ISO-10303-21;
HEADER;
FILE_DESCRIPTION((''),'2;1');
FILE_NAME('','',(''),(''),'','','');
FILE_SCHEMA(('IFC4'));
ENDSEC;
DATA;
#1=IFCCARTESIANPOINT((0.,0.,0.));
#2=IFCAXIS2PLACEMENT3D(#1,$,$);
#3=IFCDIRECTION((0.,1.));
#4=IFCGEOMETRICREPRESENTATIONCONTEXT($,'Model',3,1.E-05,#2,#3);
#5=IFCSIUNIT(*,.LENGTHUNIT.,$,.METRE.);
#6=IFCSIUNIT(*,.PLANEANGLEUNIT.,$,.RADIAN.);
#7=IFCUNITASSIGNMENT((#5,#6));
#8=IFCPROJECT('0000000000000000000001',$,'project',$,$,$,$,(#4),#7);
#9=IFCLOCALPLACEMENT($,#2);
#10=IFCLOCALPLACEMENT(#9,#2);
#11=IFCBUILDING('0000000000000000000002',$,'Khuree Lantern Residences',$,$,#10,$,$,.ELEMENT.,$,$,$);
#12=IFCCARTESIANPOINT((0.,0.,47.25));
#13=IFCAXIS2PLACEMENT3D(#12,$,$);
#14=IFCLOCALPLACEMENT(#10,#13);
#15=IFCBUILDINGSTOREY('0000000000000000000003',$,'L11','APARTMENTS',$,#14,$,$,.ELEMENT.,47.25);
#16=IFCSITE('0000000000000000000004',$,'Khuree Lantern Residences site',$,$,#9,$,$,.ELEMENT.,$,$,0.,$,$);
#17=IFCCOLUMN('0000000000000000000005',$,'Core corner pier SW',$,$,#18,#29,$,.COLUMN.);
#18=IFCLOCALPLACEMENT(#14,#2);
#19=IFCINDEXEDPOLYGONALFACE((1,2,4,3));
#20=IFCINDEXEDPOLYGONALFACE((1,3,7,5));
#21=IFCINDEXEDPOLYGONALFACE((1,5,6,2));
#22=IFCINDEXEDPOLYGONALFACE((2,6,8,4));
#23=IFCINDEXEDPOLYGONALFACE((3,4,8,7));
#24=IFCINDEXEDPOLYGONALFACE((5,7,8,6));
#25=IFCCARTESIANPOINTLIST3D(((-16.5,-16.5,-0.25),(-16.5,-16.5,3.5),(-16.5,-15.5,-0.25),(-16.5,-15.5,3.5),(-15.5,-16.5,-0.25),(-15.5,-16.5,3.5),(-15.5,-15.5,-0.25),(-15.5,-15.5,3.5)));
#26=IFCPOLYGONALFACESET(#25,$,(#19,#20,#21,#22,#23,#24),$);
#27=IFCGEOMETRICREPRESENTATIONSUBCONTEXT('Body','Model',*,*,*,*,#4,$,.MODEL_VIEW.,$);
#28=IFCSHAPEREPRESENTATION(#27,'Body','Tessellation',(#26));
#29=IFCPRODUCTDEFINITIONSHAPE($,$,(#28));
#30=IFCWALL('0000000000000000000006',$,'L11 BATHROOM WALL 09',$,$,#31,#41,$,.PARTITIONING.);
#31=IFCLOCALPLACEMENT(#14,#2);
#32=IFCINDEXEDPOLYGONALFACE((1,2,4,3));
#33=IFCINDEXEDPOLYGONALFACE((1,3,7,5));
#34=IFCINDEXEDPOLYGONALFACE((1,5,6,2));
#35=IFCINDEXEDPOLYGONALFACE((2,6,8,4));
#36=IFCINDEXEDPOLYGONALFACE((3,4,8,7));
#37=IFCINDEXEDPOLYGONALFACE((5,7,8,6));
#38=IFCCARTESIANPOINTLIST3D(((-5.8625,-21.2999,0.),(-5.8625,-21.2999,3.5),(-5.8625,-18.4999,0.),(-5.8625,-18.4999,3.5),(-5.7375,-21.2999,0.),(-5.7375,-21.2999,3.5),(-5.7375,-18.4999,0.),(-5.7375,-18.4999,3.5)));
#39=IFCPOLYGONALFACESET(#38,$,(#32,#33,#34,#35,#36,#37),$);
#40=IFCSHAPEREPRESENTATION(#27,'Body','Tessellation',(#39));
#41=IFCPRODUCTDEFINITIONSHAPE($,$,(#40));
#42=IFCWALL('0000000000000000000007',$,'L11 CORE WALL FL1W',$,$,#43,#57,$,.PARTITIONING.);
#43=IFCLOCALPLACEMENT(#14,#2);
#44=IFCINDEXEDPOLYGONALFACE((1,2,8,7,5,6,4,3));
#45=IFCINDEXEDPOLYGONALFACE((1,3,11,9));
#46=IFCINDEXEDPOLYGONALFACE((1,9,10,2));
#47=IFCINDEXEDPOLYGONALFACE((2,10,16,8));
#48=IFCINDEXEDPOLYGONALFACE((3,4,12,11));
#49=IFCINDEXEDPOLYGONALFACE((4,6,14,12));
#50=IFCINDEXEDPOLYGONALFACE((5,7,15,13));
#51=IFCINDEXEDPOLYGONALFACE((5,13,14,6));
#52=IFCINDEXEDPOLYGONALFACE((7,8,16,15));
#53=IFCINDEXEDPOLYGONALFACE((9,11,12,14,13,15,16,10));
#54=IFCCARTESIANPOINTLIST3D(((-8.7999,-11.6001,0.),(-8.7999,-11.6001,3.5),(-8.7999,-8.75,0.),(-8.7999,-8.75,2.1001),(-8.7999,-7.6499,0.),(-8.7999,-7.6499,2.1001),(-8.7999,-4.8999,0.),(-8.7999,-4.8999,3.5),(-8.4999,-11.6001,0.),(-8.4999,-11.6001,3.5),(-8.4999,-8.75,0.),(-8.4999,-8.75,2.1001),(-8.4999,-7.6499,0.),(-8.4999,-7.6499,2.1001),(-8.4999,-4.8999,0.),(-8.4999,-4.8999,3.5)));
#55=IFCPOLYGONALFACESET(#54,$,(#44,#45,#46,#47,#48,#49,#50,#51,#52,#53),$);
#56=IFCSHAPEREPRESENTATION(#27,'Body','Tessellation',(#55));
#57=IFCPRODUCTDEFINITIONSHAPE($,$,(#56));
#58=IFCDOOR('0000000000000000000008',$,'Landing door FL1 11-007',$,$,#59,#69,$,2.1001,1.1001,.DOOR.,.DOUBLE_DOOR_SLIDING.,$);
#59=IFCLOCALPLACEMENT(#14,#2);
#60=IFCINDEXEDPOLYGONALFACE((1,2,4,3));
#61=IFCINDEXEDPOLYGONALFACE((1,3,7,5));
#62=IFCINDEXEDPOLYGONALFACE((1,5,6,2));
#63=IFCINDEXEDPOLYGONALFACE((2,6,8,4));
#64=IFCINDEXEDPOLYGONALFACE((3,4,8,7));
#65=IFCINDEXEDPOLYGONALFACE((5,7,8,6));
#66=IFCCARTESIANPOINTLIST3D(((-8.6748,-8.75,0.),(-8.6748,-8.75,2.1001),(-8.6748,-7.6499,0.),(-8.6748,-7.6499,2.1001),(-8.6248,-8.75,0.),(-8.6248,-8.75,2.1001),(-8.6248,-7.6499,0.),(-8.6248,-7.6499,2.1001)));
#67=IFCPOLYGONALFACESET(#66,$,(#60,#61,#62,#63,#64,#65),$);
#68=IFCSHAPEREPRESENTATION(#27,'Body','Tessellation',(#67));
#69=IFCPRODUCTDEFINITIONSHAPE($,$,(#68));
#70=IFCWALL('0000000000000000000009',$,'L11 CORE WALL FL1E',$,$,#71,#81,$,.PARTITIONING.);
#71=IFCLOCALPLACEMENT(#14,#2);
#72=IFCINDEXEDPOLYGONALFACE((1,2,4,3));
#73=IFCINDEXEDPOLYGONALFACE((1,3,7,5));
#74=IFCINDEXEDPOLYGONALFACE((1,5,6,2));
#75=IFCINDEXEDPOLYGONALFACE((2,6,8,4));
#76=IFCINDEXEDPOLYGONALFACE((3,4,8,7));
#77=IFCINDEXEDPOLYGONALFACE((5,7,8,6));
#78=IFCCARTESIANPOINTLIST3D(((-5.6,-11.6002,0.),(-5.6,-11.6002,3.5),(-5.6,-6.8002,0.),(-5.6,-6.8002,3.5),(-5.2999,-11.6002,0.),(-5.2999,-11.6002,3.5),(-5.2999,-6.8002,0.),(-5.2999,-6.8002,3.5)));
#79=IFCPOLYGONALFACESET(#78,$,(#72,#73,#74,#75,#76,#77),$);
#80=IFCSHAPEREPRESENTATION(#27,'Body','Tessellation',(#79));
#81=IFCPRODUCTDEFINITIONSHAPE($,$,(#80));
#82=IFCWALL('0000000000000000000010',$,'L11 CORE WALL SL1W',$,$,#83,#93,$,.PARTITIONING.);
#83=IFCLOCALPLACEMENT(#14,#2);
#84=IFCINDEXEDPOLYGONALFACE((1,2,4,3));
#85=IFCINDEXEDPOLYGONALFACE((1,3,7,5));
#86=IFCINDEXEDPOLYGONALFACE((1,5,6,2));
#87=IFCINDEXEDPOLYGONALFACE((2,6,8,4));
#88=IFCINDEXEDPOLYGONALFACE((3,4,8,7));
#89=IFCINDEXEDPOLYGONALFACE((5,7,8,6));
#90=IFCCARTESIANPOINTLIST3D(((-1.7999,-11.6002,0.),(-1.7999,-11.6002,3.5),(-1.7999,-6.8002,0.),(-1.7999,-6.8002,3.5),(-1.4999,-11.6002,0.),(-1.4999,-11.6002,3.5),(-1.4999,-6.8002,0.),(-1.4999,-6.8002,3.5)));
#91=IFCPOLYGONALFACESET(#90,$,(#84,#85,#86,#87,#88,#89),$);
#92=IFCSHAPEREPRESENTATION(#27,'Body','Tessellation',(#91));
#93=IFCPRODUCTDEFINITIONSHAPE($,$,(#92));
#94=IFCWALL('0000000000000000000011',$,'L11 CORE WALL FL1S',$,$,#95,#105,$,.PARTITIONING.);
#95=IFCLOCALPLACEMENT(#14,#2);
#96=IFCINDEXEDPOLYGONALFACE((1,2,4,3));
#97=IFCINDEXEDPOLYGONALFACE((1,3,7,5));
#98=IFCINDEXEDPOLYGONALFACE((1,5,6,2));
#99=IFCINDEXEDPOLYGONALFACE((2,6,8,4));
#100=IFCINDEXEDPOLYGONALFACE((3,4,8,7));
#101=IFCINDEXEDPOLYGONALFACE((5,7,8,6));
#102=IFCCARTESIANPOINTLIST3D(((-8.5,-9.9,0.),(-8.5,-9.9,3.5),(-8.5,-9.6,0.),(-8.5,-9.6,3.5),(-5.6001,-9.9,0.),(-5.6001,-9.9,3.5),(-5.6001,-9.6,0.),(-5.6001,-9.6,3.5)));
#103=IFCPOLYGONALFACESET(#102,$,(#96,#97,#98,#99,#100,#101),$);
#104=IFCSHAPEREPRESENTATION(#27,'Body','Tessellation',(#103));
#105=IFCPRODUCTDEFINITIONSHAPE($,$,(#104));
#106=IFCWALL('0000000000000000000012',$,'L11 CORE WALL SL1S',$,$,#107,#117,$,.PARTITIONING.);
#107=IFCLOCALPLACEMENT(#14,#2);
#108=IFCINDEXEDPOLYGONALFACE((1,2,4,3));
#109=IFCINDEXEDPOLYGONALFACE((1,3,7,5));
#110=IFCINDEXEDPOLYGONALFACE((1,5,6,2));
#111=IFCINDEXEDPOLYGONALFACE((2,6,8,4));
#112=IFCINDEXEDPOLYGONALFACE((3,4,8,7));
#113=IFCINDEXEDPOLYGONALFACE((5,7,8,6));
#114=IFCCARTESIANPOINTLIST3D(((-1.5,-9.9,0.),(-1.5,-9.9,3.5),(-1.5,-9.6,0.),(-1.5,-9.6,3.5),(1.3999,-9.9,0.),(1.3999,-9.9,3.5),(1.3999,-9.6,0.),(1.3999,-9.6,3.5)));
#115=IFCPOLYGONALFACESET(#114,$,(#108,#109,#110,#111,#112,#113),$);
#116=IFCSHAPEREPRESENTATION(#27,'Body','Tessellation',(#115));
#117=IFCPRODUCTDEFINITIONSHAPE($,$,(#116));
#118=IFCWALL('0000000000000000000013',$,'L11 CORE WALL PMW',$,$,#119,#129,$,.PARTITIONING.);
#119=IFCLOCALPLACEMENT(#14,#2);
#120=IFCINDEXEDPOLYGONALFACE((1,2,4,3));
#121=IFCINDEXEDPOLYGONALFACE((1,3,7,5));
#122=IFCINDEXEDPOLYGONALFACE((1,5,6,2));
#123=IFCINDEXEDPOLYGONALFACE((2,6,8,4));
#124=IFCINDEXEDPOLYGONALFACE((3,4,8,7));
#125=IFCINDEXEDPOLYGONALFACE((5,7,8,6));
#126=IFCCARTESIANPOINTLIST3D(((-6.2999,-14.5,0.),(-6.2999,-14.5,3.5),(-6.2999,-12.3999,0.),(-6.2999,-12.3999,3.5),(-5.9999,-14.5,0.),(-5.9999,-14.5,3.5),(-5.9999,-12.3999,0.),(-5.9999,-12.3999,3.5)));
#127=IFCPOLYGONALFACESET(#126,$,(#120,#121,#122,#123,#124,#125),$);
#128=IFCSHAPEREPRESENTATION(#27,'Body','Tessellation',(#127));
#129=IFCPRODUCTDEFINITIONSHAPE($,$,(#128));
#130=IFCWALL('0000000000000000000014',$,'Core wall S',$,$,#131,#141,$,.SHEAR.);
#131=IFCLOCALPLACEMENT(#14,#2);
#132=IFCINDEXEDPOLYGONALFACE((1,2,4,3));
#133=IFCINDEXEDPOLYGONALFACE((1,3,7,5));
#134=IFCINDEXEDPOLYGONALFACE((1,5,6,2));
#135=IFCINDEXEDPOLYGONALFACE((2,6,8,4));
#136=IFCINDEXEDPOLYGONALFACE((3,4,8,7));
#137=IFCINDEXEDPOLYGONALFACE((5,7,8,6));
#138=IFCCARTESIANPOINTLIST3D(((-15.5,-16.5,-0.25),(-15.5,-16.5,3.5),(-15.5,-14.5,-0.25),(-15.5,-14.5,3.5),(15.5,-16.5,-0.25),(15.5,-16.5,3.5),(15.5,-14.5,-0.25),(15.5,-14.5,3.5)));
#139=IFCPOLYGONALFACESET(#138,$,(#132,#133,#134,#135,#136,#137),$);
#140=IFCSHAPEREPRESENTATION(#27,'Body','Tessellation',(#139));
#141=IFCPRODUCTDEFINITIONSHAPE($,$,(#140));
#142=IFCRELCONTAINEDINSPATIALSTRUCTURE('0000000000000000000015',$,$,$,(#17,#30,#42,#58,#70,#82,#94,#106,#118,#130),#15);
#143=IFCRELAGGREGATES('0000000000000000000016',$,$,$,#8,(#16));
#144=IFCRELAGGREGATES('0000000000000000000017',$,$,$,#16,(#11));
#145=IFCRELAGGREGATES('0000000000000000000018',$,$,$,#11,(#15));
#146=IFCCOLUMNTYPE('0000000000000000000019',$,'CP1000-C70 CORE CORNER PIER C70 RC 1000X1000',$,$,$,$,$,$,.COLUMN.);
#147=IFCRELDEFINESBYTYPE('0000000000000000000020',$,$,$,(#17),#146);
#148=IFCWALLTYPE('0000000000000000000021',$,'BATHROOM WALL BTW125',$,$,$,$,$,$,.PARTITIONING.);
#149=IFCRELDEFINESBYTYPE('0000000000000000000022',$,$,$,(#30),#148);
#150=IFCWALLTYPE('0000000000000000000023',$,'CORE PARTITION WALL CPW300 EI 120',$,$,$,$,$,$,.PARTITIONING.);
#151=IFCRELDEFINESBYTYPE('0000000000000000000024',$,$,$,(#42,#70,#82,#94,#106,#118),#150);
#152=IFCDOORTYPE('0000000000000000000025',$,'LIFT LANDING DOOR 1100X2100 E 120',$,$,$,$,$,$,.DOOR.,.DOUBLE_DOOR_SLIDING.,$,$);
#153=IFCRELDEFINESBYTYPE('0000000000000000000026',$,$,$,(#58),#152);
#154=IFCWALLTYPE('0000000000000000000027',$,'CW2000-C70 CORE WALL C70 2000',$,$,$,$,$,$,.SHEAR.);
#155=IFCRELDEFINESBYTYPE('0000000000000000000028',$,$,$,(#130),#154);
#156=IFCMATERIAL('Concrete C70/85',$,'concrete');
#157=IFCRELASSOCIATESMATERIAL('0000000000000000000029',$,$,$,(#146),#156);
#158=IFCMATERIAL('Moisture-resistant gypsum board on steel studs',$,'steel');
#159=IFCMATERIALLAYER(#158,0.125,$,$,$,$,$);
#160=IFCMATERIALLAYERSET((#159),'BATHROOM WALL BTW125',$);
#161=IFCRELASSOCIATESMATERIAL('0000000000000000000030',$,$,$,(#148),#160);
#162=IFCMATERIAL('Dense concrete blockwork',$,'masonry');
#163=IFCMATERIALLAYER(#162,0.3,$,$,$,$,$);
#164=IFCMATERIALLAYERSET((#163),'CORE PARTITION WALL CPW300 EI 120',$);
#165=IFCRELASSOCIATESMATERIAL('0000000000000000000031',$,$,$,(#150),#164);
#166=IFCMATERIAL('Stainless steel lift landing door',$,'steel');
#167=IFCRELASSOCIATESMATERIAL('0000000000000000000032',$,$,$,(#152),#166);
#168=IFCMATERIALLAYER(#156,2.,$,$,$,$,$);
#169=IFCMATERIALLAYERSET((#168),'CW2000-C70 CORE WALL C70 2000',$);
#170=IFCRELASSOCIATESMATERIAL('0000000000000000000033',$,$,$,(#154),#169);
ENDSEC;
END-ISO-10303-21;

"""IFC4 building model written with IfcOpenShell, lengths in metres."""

from ifc_helpers import new_model, si_unit, direction, frame, frame_2d, origin, origin_2d, place, context, subcontext, project, spatial, rectangle, extrude, material, layer, layer_set, material_profile, profile_set, type_object, element, fill, save


model = new_model("IFC4")

# Units and contexts
model_context = context("Model", 3, precision=1e-05, world=origin(), true_north=direction((0.0, 1.0)))
body_context = subcontext(model_context, "Body", "Model", "MODEL_VIEW")
ifc_project = project(units=[si_unit("LENGTHUNIT", "METRE"), si_unit("PLANEANGLEUNIT", "RADIAN")], contexts=[model_context])

# Site, building, storey
site_placement = place(None, origin())
site = spatial("IfcSite", under=ifc_project, at=site_placement, Name="Khuree Lantern Residences site", CompositionType="ELEMENT", RefElevation=0.0)
building_placement = place(site_placement, origin())
building = spatial("IfcBuilding", under=site, at=building_placement, Name="Khuree Lantern Residences", CompositionType="ELEMENT")
storey_placement = place(building_placement, frame((0.0, 0.0, 47.25)))
storey = spatial("IfcBuildingStorey", under=building, at=storey_placement, Name="L11", Description="APARTMENTS", CompositionType="ELEMENT", Elevation=47.25)

# Column
ifc_material_1 = material(Name="Concrete C70/85", Category="concrete")
ifc_material_profile = material_profile(ifc_material_1, rectangle(XDim=1.0, YDim=1.0, at=origin_2d()), Name="RC 1000X1000")
ifc_profile_set = profile_set([ifc_material_profile], Name="Concrete C70/85")
column_type = type_object("IfcColumnType", Name="CP1000-C70 CORE CORNER PIER C70 RC 1000X1000", PredefinedType="COLUMN", material=ifc_profile_set)
column_placement = place(storey_placement, frame((-16.0, -16.0, -0.25), z_axis=(0.0, 0.0, 1.0), x_axis=(1.0, 0.0, 0.0)))
element("IfcColumn", 1, at=column_placement, inside=storey, type_object=column_type, Name="Core corner pier SW", PredefinedType="COLUMN", context=body_context, shape_type="SweptSolid", body=[
    extrude(rectangle(XDim=1.0, YDim=1.0, at=origin_2d()), origin(), (0.0, 0.0, 1.0), 3.75),
])

# Wall
ifc_material_2 = material(Name="Moisture-resistant gypsum board on steel studs", Category="steel")
ifc_layer_1 = layer(ifc_material_2, 0.125)
ifc_layer_set_1 = layer_set([ifc_layer_1], Name="BATHROOM WALL BTW125")
wall_type_1 = type_object("IfcWallType", Name="BATHROOM WALL BTW125", PredefinedType="PARTITIONING", material=ifc_layer_set_1)
wall_1_placement = place(storey_placement, frame((-5.8, -18.5, 0.0), z_axis=(0.0, 0.0, 1.0), x_axis=(0.0, -1.0, 0.0)))
element("IfcWall", 2, at=wall_1_placement, inside=storey, type_object=wall_type_1, Name="L11 BATHROOM WALL 09", PredefinedType="PARTITIONING", context=body_context, shape_type="SweptSolid", body=[
    extrude(rectangle(XDim=2.8, YDim=0.125, at=frame_2d((1.3999, 0.0))), origin(), (0.0, 0.0, 1.0), 3.5),
])

# Wall, opening, door
ifc_material_3 = material(Name="Dense concrete blockwork", Category="masonry")
ifc_layer_2 = layer(ifc_material_3, 0.3)
ifc_layer_set_2 = layer_set([ifc_layer_2], Name="CORE PARTITION WALL CPW300 EI 120")
wall_type_2 = type_object("IfcWallType", Name="CORE PARTITION WALL CPW300 EI 120", PredefinedType="PARTITIONING", material=ifc_layer_set_2)
wall_2_placement = place(storey_placement, frame((-8.6499, -11.6001, 0.0), z_axis=(0.0, 0.0, 1.0), x_axis=(0.0, 1.0, 0.0)))
wall_2 = element("IfcWall", 3, at=wall_2_placement, inside=storey, type_object=wall_type_2, Name="L11 CORE WALL FL1W", PredefinedType="PARTITIONING", context=body_context, shape_type="SweptSolid", body=[
    extrude(rectangle(XDim=6.7002, YDim=0.3, at=frame_2d((3.3501, 0.0))), origin(), (0.0, 0.0, 1.0), 3.5),
])
opening_1_placement = place(wall_2_placement, frame((2.8501, 0.0, 0.0)))
opening_1 = element("IfcOpeningElement", 4, at=opening_1_placement, cuts=wall_2, PredefinedType="OPENING", context=body_context, shape_type="SweptSolid", body=[
    extrude(rectangle(XDim=1.1001, YDim=2.1001, at=frame_2d((0.55, 1.05))), frame((0.0, 0.1602, 0.0), z_axis=(0.0, -1.0, 0.0), x_axis=(1.0, 0.0, 0.0)), (0.0, 0.0, 1.0), 0.3201),
])
ifc_material_4 = material(Name="Stainless steel lift landing door", Category="steel")
door_type_1 = type_object("IfcDoorType", Name="LIFT LANDING DOOR 1100X2100 E 120", OperationType="DOUBLE_DOOR_SLIDING", PredefinedType="DOOR", material=ifc_material_4)
door_1_placement = place(opening_1_placement, origin())
door_1 = element("IfcDoor", 5, at=door_1_placement, inside=storey, type_object=door_type_1, Name="Landing door FL1 11-007", OperationType="DOUBLE_DOOR_SLIDING", OverallHeight=2.1001, OverallWidth=1.1001, PredefinedType="DOOR", context=body_context, shape_type="SweptSolid", body=[
    extrude(rectangle(XDim=1.1001, YDim=2.1001, at=frame_2d((0.55, 1.05))), frame((0.0, 0.0249, 0.0), z_axis=(0.0, -1.0, 0.0), x_axis=(1.0, 0.0, 0.0)), (0.0, 0.0, 1.0), 0.05),
])
fill(opening_1, door_1)

# Walls
for number, where, z_axis, x_axis, name in (
    (6, (-5.45, -11.6001, 0.0), (0.0, 0.0, 1.0), (0.0, 1.0, 0.0), "L11 CORE WALL FL1E"),
    (7, (-1.6499, -11.6001, 0.0), (0.0, 0.0, 1.0), (0.0, 1.0, 0.0), "L11 CORE WALL SL1W"),
):
    element("IfcWall", number, at=place(storey_placement, frame(where, z_axis=z_axis, x_axis=x_axis)), inside=storey, type_object=wall_type_2, Name=name, PredefinedType="PARTITIONING", context=body_context, shape_type="SweptSolid", body=[
        extrude(rectangle(XDim=4.8, YDim=0.3, at=frame_2d((2.3999, 0.0))), origin(), (0.0, 0.0, 1.0), 3.5),
    ])
for number, where, z_axis, x_axis, name in (
    (8, (-8.5, -9.75, 0.0), (0.0, 0.0, 1.0), (1.0, 0.0, 0.0), "L11 CORE WALL FL1S"),
    (9, (-1.5, -9.75, 0.0), (0.0, 0.0, 1.0), (1.0, 0.0, 0.0), "L11 CORE WALL SL1S"),
):
    element("IfcWall", number, at=place(storey_placement, frame(where, z_axis=z_axis, x_axis=x_axis)), inside=storey, type_object=wall_type_2, Name=name, PredefinedType="PARTITIONING", context=body_context, shape_type="SweptSolid", body=[
        extrude(rectangle(XDim=2.8999, YDim=0.3, at=frame_2d((1.45, 0.0))), origin(), (0.0, 0.0, 1.0), 3.5),
    ])
wall_3_placement = place(storey_placement, frame((-6.1499, -14.5, 0.0), z_axis=(0.0, 0.0, 1.0), x_axis=(0.0, 1.0, 0.0)))
element("IfcWall", 10, at=wall_3_placement, inside=storey, type_object=wall_type_2, Name="L11 CORE WALL PMW", PredefinedType="PARTITIONING", context=body_context, shape_type="SweptSolid", body=[
    extrude(rectangle(XDim=2.1001, YDim=0.3, at=frame_2d((1.05, 0.0))), origin(), (0.0, 0.0, 1.0), 3.5),
])
ifc_layer_3 = layer(ifc_material_1, 2.0)
ifc_layer_set_3 = layer_set([ifc_layer_3], Name="CW2000-C70 CORE WALL C70 2000")
wall_type_3 = type_object("IfcWallType", Name="CW2000-C70 CORE WALL C70 2000", PredefinedType="SHEAR", material=ifc_layer_set_3)
wall_4_placement = place(storey_placement, frame((-15.5, -15.5, -0.25), z_axis=(0.0, 0.0, 1.0), x_axis=(1.0, 0.0, 0.0)))
element("IfcWall", 11, at=wall_4_placement, inside=storey, type_object=wall_type_3, Name="Core wall S", PredefinedType="SHEAR", context=body_context, shape_type="SweptSolid", body=[
    extrude(rectangle(XDim=31.0, YDim=2.0, at=frame_2d((15.5, 0.0))), origin(), (0.0, 0.0, 1.0), 3.75),
])

save(model, "model.ifc")
